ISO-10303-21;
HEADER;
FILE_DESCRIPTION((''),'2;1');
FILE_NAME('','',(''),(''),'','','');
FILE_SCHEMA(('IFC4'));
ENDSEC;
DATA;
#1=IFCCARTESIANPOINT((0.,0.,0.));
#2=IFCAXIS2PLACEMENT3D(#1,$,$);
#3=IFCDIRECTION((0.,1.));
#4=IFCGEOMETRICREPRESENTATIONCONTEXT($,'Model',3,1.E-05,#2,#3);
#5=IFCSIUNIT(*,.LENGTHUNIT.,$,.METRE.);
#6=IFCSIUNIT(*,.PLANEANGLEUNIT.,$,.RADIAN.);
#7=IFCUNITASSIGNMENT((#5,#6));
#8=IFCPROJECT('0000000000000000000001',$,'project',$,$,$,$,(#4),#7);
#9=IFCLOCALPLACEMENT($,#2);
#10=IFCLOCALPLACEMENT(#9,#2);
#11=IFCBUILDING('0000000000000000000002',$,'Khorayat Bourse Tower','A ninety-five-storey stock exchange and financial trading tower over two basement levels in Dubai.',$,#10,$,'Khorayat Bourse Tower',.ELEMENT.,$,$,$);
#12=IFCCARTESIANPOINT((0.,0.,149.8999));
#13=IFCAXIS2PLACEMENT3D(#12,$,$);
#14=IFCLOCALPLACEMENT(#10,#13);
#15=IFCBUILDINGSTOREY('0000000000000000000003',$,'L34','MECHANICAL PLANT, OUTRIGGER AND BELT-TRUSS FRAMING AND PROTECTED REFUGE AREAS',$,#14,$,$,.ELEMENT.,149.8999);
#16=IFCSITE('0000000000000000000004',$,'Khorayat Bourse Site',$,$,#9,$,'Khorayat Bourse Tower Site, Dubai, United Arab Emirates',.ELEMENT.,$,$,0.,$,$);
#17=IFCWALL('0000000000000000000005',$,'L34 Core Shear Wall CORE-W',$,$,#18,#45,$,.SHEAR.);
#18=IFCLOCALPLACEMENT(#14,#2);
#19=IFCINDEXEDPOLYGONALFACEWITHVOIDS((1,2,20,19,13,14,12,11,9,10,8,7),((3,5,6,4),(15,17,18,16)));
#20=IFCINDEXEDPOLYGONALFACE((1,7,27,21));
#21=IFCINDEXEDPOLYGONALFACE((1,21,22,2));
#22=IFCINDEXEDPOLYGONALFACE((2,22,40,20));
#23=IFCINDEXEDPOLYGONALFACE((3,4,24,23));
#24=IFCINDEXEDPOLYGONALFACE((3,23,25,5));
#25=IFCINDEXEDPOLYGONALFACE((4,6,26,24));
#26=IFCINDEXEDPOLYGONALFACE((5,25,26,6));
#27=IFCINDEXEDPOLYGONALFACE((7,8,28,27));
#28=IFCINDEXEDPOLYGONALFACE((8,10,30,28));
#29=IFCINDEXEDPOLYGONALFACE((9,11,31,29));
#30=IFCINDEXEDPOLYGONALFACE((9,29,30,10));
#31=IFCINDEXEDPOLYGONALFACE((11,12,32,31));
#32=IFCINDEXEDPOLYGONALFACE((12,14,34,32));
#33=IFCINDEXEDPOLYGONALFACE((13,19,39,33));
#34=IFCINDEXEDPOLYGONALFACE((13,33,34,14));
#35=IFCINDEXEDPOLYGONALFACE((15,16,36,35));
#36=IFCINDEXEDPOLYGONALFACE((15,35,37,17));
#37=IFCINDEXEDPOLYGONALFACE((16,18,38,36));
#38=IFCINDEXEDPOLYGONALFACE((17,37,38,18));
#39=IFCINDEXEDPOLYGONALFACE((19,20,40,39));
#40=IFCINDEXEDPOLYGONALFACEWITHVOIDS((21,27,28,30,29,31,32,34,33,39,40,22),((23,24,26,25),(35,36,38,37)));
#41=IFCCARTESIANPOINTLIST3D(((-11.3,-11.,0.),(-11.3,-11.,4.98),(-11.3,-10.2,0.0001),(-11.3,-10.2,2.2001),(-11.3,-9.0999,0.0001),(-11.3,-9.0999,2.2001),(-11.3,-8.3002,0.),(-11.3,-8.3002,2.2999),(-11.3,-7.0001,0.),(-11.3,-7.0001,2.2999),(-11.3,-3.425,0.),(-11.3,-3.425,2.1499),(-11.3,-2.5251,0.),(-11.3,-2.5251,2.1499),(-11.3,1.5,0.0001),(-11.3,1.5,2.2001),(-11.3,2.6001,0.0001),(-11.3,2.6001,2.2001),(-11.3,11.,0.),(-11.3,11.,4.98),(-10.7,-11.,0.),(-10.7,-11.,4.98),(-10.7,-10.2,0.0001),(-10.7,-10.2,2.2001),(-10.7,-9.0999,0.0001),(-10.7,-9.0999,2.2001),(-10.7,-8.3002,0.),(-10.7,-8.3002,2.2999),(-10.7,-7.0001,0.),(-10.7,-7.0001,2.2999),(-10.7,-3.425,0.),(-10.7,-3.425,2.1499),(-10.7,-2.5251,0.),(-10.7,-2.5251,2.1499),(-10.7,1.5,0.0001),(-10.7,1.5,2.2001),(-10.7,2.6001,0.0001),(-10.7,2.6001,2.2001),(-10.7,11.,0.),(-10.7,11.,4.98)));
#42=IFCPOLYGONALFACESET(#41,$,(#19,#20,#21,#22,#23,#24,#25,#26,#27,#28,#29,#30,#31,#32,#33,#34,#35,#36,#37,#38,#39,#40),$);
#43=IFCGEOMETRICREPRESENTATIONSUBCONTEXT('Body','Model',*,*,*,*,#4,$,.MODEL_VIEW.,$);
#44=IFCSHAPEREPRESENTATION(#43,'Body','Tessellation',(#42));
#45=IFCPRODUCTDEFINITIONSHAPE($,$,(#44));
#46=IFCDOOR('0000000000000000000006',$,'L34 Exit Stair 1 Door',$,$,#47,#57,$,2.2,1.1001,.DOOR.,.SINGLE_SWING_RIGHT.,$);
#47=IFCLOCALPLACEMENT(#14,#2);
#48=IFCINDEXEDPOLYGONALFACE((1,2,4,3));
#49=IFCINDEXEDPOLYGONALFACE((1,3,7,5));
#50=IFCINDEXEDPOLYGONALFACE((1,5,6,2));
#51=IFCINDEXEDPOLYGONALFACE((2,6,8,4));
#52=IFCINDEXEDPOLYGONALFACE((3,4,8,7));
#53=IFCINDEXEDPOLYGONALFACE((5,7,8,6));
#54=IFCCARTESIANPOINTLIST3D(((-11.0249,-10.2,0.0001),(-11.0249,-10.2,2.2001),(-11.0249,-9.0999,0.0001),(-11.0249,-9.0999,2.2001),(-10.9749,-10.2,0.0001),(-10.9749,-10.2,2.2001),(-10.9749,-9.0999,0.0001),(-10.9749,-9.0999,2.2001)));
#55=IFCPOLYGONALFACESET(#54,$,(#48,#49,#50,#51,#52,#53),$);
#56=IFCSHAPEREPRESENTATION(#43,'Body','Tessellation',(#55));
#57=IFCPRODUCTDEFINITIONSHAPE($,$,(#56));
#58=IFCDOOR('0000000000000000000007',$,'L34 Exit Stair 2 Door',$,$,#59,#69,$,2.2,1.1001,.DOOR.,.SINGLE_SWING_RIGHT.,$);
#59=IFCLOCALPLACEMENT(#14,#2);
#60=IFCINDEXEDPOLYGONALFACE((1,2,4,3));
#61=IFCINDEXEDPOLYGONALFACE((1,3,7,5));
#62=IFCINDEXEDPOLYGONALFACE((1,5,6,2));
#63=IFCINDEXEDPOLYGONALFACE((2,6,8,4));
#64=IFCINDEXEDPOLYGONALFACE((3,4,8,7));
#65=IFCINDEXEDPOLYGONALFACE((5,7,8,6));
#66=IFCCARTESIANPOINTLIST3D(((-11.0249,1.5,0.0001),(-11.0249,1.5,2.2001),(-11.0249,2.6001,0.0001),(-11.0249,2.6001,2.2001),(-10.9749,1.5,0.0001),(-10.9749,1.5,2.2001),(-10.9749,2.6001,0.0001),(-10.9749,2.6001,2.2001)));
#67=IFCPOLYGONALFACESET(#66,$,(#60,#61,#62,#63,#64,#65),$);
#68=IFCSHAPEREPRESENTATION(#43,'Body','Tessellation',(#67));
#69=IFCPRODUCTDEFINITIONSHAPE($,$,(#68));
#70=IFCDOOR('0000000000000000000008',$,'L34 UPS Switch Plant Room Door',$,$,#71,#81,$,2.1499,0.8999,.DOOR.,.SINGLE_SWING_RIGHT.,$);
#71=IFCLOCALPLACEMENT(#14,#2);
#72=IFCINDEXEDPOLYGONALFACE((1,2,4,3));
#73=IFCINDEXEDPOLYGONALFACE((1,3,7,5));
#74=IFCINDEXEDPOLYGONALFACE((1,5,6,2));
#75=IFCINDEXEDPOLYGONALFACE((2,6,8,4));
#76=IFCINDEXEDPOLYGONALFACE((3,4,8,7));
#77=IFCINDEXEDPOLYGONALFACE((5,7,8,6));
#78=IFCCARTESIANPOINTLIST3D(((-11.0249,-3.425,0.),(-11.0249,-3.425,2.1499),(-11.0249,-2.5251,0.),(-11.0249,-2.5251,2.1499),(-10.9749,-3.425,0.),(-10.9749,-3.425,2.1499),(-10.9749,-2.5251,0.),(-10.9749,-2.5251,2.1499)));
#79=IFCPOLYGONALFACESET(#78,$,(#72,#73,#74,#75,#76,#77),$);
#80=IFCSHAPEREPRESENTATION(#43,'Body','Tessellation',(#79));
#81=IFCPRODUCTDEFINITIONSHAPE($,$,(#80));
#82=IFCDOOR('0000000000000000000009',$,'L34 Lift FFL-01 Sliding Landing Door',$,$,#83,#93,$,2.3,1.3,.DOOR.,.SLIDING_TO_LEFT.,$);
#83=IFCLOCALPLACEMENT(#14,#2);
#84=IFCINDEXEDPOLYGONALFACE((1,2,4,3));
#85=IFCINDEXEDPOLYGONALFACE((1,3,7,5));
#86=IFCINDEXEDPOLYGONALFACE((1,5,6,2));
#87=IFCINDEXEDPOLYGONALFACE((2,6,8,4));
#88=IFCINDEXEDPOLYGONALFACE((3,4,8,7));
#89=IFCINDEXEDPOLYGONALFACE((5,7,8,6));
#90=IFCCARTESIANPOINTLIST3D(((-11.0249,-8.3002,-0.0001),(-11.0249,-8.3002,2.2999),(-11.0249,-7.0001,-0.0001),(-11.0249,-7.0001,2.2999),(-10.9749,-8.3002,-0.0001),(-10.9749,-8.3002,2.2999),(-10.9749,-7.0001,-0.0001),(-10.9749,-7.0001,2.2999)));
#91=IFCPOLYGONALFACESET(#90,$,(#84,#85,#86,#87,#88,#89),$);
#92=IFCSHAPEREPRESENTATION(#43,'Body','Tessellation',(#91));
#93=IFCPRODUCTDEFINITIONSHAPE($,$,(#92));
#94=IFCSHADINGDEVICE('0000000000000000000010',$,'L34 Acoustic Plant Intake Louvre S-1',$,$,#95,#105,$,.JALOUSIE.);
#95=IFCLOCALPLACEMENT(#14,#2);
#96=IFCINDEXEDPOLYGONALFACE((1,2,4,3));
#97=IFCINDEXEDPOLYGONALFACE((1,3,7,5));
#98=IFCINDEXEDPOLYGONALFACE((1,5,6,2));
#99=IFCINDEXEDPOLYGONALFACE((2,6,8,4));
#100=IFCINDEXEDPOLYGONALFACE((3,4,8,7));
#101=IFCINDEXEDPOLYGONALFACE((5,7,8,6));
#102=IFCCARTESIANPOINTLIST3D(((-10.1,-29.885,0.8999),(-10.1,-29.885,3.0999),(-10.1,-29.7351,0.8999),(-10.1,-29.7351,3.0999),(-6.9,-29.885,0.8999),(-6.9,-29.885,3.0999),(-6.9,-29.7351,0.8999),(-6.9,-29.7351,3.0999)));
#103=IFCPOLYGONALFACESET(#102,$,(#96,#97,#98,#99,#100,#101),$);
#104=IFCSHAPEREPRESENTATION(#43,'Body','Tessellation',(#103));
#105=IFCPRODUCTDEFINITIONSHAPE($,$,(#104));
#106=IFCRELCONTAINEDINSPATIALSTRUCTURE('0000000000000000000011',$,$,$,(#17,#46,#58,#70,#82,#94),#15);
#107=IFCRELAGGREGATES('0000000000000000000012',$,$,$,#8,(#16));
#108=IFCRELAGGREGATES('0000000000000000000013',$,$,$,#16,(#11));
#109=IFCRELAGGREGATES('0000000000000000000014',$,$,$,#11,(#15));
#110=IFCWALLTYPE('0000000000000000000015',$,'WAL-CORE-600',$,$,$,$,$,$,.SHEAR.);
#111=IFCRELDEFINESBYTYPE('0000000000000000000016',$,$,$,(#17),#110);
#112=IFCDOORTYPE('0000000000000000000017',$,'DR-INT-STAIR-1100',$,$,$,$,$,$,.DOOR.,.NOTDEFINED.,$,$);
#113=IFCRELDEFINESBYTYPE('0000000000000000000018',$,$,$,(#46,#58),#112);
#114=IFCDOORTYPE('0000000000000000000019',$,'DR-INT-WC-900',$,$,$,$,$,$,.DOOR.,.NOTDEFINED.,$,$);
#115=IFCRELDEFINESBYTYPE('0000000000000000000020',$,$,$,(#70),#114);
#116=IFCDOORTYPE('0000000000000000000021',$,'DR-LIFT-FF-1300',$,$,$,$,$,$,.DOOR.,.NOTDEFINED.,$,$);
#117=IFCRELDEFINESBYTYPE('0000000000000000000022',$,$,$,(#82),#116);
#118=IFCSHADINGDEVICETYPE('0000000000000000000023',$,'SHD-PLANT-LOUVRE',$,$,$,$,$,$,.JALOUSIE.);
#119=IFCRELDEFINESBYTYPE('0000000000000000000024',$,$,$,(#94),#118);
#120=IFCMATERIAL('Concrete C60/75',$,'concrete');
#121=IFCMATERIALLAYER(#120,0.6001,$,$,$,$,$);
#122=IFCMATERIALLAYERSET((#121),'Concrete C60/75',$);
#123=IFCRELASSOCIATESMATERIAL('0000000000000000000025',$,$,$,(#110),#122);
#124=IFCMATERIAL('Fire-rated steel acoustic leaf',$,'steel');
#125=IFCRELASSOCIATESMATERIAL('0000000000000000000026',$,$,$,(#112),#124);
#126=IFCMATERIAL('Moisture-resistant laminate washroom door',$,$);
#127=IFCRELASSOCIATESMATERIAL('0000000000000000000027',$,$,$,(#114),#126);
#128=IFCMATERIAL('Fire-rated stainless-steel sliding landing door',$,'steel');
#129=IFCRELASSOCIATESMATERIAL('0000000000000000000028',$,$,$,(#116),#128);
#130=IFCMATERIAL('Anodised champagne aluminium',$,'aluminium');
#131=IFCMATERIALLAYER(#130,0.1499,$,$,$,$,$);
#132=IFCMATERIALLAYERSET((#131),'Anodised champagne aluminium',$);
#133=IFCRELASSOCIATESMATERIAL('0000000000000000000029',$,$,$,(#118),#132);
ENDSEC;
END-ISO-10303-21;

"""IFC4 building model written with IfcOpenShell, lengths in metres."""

from ifc_helpers import new_model, si_unit, direction, frame, frame_2d, origin, origin_2d, place, context, subcontext, project, spatial, rectangle, extrude, source, transform, mapped, material, layer, layer_set, type_object, element, fill, save


model = new_model("IFC4")

# Units and contexts
model_context = context("Model", 3, precision=1e-05, world=origin(), true_north=direction((0.0, 1.0)))
body_context = subcontext(model_context, "Body", "Model", "MODEL_VIEW")
ifc_project = project(units=[si_unit("LENGTHUNIT", "METRE"), si_unit("PLANEANGLEUNIT", "RADIAN")], contexts=[model_context])

# Site, building, storey
site_placement = place(None, origin())
site = spatial("IfcSite", under=ifc_project, at=site_placement, Name="Khorayat Bourse Site", LongName="Khorayat Bourse Tower Site, Dubai, United Arab Emirates", CompositionType="ELEMENT", RefElevation=0.0)
building_placement = place(site_placement, origin())
building = spatial("IfcBuilding", under=site, at=building_placement, Name="Khorayat Bourse Tower", Description="A ninety-five-storey stock exchange and financial trading tower over two basement levels in Dubai.", LongName="Khorayat Bourse Tower", CompositionType="ELEMENT")
storey_placement = place(building_placement, frame((0.0, 0.0, 149.8999)))
storey = spatial("IfcBuildingStorey", under=building, at=storey_placement, Name="L34", Description="MECHANICAL PLANT, OUTRIGGER AND BELT-TRUSS FRAMING AND PROTECTED REFUGE AREAS", CompositionType="ELEMENT", Elevation=149.8999)

# Shared definitions
ifc_material_1 = material(Name="Concrete C60/75", Category="concrete")

# Wall, openings, doors
ifc_layer_1 = layer(ifc_material_1, 0.6001)
ifc_layer_set_1 = layer_set([ifc_layer_1], Name="Concrete C60/75")
wall_type = type_object("IfcWallType", Name="WAL-CORE-600", PredefinedType="SHEAR", material=ifc_layer_set_1)
shared_shape_1 = source(origin(), body_context, "Body", "SweptSolid", [
    extrude(rectangle(XDim=22.0, YDim=0.6001, at=frame_2d((11.0, 0.0))), origin(), (0.0, 0.0, 1.0), 4.98),
])
wall_placement = place(storey_placement, frame((-11.0, -11.0, 0.0), z_axis=(0.0, 0.0, 1.0), x_axis=(0.0, 1.0, 0.0)))
wall = element("IfcWall", 1, at=wall_placement, inside=storey, type_object=wall_type, Name="L34 Core Shear Wall CORE-W", PredefinedType="SHEAR", context=body_context, shape_type="MappedRepresentation", body=[
    mapped(shared_shape_1, transform((0.0, 0.0, 0.0), scale=1.0)),
])
shared_shape_2 = source(origin(), body_context, "Body", "SweptSolid", [
    extrude(rectangle(XDim=1.1001, YDim=2.2, at=frame_2d((0.55, 1.1001))), frame((0.0, 0.3101, 0.0), z_axis=(0.0, -1.0, 0.0), x_axis=(1.0, 0.0, 0.0)), (0.0, 0.0, 1.0), 0.6201),
])
opening_1_placement = place(wall_placement, frame((0.8, 0.0, 0.0)))
opening_1 = element("IfcOpeningElement", 2, at=opening_1_placement, cuts=wall, PredefinedType="OPENING", context=body_context, shape_type="MappedRepresentation", body=[
    mapped(shared_shape_2, transform((0.0, 0.0, 0.0), scale=1.0)),
])
opening_2_placement = place(wall_placement, frame((12.5, 0.0, 0.0)))
opening_2 = element("IfcOpeningElement", 3, at=opening_2_placement, cuts=wall, PredefinedType="OPENING", context=body_context, shape_type="MappedRepresentation", body=[
    mapped(shared_shape_2, transform((0.0, 0.0, 0.0), scale=1.0)),
])
shared_shape_3 = source(origin(), body_context, "Body", "SweptSolid", [
    extrude(rectangle(XDim=0.8999, YDim=2.1499, at=frame_2d((0.45, 1.075))), frame((0.0, 0.3101, 0.0), z_axis=(0.0, -1.0, 0.0), x_axis=(1.0, 0.0, 0.0)), (0.0, 0.0, 1.0), 0.6201),
])
opening_3_placement = place(wall_placement, frame((7.575, 0.0, 0.0)))
opening_3 = element("IfcOpeningElement", 4, at=opening_3_placement, cuts=wall, PredefinedType="OPENING", context=body_context, shape_type="MappedRepresentation", body=[
    mapped(shared_shape_3, transform((0.0, 0.0, 0.0), scale=1.0)),
])
shared_shape_4 = source(origin(), body_context, "Body", "SweptSolid", [
    extrude(rectangle(XDim=1.3, YDim=2.3, at=frame_2d((0.6499, 1.1499))), frame((0.0, 0.3101, 0.0), z_axis=(0.0, -1.0, 0.0), x_axis=(1.0, 0.0, 0.0)), (0.0, 0.0, 1.0), 0.6201),
])
opening_4_placement = place(wall_placement, frame((2.7, 0.0, 0.0)))
opening_4 = element("IfcOpeningElement", 5, at=opening_4_placement, cuts=wall, PredefinedType="OPENING", context=body_context, shape_type="MappedRepresentation", body=[
    mapped(shared_shape_4, transform((0.0, 0.0, 0.0), scale=1.0)),
])
ifc_material_2 = material(Name="Fire-rated steel acoustic leaf", Category="steel")
door_type_1 = type_object("IfcDoorType", Name="DR-INT-STAIR-1100", OperationType="NOTDEFINED", PredefinedType="DOOR", material=ifc_material_2)
shared_shape_5 = source(origin(), body_context, "Body", "SweptSolid", [
    extrude(rectangle(XDim=1.1001, YDim=2.2, at=frame_2d((0.55, 1.1001))), frame((0.0, 0.0249, 0.0), z_axis=(0.0, -1.0, 0.0), x_axis=(1.0, 0.0, 0.0)), (0.0, 0.0, 1.0), 0.05),
])
door_1_placement = place(opening_1_placement, origin())
door_1 = element("IfcDoor", 6, at=door_1_placement, inside=storey, type_object=door_type_1, Name="L34 Exit Stair 1 Door", OperationType="SINGLE_SWING_RIGHT", OverallHeight=2.2, OverallWidth=1.1001, PredefinedType="DOOR", context=body_context, shape_type="MappedRepresentation", body=[
    mapped(shared_shape_5, transform((0.0, 0.0, 0.0), scale=1.0)),
])
fill(opening_1, door_1)
door_2_placement = place(opening_2_placement, origin())
door_2 = element("IfcDoor", 7, at=door_2_placement, inside=storey, type_object=door_type_1, Name="L34 Exit Stair 2 Door", OperationType="SINGLE_SWING_RIGHT", OverallHeight=2.2, OverallWidth=1.1001, PredefinedType="DOOR", context=body_context, shape_type="MappedRepresentation", body=[
    mapped(shared_shape_5, transform((0.0, 0.0, 0.0), scale=1.0)),
])
fill(opening_2, door_2)
ifc_material_3 = material(Name="Moisture-resistant laminate washroom door")
door_type_2 = type_object("IfcDoorType", Name="DR-INT-WC-900", OperationType="NOTDEFINED", PredefinedType="DOOR", material=ifc_material_3)
shared_shape_6 = source(origin(), body_context, "Body", "SweptSolid", [
    extrude(rectangle(XDim=0.8999, YDim=2.1499, at=frame_2d((0.45, 1.075))), frame((0.0, 0.0249, 0.0), z_axis=(0.0, -1.0, 0.0), x_axis=(1.0, 0.0, 0.0)), (0.0, 0.0, 1.0), 0.05),
])
door_3_placement = place(opening_3_placement, origin())
door_3 = element("IfcDoor", 8, at=door_3_placement, inside=storey, type_object=door_type_2, Name="L34 UPS Switch Plant Room Door", OperationType="SINGLE_SWING_RIGHT", OverallHeight=2.1499, OverallWidth=0.8999, PredefinedType="DOOR", context=body_context, shape_type="MappedRepresentation", body=[
    mapped(shared_shape_6, transform((0.0, 0.0, 0.0), scale=1.0)),
])
fill(opening_3, door_3)
ifc_material_4 = material(Name="Fire-rated stainless-steel sliding landing door", Category="steel")
door_type_3 = type_object("IfcDoorType", Name="DR-LIFT-FF-1300", OperationType="NOTDEFINED", PredefinedType="DOOR", material=ifc_material_4)
shared_shape_7 = source(origin(), body_context, "Body", "SweptSolid", [
    extrude(rectangle(XDim=1.3, YDim=2.3, at=frame_2d((0.6499, 1.1499))), frame((0.0, 0.0249, 0.0), z_axis=(0.0, -1.0, 0.0), x_axis=(1.0, 0.0, 0.0)), (0.0, 0.0, 1.0), 0.05),
])
door_4_placement = place(opening_4_placement, origin())
door_4 = element("IfcDoor", 9, at=door_4_placement, inside=storey, type_object=door_type_3, Name="L34 Lift FFL-01 Sliding Landing Door", OperationType="SLIDING_TO_LEFT", OverallHeight=2.3, OverallWidth=1.3, PredefinedType="DOOR", context=body_context, shape_type="MappedRepresentation", body=[
    mapped(shared_shape_7, transform((0.0, 0.0, 0.0), scale=1.0)),
])
fill(opening_4, door_4)

# Shading device
ifc_material_5 = material(Name="Anodised champagne aluminium", Category="aluminium")
ifc_layer_2 = layer(ifc_material_5, 0.1499)
ifc_layer_set_2 = layer_set([ifc_layer_2], Name="Anodised champagne aluminium")
shading_device_type = type_object("IfcShadingDeviceType", Name="SHD-PLANT-LOUVRE", PredefinedType="JALOUSIE", material=ifc_layer_set_2)
shared_shape_8 = source(origin(), body_context, "Body", "SweptSolid", [
    extrude(rectangle(XDim=3.2, YDim=0.1499, at=origin_2d()), origin(), (0.0, 0.0, 1.0), 2.2),
])
shading_device_placement = place(storey_placement, frame((-8.5, -29.8101, 0.8999), z_axis=(0.0, 0.0, 1.0), x_axis=(1.0, 0.0, 0.0)))
element("IfcShadingDevice", 10, at=shading_device_placement, inside=storey, type_object=shading_device_type, Name="L34 Acoustic Plant Intake Louvre S-1", PredefinedType="JALOUSIE", context=body_context, shape_type="MappedRepresentation", body=[
    mapped(shared_shape_8, transform((0.0, 0.0, 0.0), scale=1.0)),
])

save(model, "model.ifc")
